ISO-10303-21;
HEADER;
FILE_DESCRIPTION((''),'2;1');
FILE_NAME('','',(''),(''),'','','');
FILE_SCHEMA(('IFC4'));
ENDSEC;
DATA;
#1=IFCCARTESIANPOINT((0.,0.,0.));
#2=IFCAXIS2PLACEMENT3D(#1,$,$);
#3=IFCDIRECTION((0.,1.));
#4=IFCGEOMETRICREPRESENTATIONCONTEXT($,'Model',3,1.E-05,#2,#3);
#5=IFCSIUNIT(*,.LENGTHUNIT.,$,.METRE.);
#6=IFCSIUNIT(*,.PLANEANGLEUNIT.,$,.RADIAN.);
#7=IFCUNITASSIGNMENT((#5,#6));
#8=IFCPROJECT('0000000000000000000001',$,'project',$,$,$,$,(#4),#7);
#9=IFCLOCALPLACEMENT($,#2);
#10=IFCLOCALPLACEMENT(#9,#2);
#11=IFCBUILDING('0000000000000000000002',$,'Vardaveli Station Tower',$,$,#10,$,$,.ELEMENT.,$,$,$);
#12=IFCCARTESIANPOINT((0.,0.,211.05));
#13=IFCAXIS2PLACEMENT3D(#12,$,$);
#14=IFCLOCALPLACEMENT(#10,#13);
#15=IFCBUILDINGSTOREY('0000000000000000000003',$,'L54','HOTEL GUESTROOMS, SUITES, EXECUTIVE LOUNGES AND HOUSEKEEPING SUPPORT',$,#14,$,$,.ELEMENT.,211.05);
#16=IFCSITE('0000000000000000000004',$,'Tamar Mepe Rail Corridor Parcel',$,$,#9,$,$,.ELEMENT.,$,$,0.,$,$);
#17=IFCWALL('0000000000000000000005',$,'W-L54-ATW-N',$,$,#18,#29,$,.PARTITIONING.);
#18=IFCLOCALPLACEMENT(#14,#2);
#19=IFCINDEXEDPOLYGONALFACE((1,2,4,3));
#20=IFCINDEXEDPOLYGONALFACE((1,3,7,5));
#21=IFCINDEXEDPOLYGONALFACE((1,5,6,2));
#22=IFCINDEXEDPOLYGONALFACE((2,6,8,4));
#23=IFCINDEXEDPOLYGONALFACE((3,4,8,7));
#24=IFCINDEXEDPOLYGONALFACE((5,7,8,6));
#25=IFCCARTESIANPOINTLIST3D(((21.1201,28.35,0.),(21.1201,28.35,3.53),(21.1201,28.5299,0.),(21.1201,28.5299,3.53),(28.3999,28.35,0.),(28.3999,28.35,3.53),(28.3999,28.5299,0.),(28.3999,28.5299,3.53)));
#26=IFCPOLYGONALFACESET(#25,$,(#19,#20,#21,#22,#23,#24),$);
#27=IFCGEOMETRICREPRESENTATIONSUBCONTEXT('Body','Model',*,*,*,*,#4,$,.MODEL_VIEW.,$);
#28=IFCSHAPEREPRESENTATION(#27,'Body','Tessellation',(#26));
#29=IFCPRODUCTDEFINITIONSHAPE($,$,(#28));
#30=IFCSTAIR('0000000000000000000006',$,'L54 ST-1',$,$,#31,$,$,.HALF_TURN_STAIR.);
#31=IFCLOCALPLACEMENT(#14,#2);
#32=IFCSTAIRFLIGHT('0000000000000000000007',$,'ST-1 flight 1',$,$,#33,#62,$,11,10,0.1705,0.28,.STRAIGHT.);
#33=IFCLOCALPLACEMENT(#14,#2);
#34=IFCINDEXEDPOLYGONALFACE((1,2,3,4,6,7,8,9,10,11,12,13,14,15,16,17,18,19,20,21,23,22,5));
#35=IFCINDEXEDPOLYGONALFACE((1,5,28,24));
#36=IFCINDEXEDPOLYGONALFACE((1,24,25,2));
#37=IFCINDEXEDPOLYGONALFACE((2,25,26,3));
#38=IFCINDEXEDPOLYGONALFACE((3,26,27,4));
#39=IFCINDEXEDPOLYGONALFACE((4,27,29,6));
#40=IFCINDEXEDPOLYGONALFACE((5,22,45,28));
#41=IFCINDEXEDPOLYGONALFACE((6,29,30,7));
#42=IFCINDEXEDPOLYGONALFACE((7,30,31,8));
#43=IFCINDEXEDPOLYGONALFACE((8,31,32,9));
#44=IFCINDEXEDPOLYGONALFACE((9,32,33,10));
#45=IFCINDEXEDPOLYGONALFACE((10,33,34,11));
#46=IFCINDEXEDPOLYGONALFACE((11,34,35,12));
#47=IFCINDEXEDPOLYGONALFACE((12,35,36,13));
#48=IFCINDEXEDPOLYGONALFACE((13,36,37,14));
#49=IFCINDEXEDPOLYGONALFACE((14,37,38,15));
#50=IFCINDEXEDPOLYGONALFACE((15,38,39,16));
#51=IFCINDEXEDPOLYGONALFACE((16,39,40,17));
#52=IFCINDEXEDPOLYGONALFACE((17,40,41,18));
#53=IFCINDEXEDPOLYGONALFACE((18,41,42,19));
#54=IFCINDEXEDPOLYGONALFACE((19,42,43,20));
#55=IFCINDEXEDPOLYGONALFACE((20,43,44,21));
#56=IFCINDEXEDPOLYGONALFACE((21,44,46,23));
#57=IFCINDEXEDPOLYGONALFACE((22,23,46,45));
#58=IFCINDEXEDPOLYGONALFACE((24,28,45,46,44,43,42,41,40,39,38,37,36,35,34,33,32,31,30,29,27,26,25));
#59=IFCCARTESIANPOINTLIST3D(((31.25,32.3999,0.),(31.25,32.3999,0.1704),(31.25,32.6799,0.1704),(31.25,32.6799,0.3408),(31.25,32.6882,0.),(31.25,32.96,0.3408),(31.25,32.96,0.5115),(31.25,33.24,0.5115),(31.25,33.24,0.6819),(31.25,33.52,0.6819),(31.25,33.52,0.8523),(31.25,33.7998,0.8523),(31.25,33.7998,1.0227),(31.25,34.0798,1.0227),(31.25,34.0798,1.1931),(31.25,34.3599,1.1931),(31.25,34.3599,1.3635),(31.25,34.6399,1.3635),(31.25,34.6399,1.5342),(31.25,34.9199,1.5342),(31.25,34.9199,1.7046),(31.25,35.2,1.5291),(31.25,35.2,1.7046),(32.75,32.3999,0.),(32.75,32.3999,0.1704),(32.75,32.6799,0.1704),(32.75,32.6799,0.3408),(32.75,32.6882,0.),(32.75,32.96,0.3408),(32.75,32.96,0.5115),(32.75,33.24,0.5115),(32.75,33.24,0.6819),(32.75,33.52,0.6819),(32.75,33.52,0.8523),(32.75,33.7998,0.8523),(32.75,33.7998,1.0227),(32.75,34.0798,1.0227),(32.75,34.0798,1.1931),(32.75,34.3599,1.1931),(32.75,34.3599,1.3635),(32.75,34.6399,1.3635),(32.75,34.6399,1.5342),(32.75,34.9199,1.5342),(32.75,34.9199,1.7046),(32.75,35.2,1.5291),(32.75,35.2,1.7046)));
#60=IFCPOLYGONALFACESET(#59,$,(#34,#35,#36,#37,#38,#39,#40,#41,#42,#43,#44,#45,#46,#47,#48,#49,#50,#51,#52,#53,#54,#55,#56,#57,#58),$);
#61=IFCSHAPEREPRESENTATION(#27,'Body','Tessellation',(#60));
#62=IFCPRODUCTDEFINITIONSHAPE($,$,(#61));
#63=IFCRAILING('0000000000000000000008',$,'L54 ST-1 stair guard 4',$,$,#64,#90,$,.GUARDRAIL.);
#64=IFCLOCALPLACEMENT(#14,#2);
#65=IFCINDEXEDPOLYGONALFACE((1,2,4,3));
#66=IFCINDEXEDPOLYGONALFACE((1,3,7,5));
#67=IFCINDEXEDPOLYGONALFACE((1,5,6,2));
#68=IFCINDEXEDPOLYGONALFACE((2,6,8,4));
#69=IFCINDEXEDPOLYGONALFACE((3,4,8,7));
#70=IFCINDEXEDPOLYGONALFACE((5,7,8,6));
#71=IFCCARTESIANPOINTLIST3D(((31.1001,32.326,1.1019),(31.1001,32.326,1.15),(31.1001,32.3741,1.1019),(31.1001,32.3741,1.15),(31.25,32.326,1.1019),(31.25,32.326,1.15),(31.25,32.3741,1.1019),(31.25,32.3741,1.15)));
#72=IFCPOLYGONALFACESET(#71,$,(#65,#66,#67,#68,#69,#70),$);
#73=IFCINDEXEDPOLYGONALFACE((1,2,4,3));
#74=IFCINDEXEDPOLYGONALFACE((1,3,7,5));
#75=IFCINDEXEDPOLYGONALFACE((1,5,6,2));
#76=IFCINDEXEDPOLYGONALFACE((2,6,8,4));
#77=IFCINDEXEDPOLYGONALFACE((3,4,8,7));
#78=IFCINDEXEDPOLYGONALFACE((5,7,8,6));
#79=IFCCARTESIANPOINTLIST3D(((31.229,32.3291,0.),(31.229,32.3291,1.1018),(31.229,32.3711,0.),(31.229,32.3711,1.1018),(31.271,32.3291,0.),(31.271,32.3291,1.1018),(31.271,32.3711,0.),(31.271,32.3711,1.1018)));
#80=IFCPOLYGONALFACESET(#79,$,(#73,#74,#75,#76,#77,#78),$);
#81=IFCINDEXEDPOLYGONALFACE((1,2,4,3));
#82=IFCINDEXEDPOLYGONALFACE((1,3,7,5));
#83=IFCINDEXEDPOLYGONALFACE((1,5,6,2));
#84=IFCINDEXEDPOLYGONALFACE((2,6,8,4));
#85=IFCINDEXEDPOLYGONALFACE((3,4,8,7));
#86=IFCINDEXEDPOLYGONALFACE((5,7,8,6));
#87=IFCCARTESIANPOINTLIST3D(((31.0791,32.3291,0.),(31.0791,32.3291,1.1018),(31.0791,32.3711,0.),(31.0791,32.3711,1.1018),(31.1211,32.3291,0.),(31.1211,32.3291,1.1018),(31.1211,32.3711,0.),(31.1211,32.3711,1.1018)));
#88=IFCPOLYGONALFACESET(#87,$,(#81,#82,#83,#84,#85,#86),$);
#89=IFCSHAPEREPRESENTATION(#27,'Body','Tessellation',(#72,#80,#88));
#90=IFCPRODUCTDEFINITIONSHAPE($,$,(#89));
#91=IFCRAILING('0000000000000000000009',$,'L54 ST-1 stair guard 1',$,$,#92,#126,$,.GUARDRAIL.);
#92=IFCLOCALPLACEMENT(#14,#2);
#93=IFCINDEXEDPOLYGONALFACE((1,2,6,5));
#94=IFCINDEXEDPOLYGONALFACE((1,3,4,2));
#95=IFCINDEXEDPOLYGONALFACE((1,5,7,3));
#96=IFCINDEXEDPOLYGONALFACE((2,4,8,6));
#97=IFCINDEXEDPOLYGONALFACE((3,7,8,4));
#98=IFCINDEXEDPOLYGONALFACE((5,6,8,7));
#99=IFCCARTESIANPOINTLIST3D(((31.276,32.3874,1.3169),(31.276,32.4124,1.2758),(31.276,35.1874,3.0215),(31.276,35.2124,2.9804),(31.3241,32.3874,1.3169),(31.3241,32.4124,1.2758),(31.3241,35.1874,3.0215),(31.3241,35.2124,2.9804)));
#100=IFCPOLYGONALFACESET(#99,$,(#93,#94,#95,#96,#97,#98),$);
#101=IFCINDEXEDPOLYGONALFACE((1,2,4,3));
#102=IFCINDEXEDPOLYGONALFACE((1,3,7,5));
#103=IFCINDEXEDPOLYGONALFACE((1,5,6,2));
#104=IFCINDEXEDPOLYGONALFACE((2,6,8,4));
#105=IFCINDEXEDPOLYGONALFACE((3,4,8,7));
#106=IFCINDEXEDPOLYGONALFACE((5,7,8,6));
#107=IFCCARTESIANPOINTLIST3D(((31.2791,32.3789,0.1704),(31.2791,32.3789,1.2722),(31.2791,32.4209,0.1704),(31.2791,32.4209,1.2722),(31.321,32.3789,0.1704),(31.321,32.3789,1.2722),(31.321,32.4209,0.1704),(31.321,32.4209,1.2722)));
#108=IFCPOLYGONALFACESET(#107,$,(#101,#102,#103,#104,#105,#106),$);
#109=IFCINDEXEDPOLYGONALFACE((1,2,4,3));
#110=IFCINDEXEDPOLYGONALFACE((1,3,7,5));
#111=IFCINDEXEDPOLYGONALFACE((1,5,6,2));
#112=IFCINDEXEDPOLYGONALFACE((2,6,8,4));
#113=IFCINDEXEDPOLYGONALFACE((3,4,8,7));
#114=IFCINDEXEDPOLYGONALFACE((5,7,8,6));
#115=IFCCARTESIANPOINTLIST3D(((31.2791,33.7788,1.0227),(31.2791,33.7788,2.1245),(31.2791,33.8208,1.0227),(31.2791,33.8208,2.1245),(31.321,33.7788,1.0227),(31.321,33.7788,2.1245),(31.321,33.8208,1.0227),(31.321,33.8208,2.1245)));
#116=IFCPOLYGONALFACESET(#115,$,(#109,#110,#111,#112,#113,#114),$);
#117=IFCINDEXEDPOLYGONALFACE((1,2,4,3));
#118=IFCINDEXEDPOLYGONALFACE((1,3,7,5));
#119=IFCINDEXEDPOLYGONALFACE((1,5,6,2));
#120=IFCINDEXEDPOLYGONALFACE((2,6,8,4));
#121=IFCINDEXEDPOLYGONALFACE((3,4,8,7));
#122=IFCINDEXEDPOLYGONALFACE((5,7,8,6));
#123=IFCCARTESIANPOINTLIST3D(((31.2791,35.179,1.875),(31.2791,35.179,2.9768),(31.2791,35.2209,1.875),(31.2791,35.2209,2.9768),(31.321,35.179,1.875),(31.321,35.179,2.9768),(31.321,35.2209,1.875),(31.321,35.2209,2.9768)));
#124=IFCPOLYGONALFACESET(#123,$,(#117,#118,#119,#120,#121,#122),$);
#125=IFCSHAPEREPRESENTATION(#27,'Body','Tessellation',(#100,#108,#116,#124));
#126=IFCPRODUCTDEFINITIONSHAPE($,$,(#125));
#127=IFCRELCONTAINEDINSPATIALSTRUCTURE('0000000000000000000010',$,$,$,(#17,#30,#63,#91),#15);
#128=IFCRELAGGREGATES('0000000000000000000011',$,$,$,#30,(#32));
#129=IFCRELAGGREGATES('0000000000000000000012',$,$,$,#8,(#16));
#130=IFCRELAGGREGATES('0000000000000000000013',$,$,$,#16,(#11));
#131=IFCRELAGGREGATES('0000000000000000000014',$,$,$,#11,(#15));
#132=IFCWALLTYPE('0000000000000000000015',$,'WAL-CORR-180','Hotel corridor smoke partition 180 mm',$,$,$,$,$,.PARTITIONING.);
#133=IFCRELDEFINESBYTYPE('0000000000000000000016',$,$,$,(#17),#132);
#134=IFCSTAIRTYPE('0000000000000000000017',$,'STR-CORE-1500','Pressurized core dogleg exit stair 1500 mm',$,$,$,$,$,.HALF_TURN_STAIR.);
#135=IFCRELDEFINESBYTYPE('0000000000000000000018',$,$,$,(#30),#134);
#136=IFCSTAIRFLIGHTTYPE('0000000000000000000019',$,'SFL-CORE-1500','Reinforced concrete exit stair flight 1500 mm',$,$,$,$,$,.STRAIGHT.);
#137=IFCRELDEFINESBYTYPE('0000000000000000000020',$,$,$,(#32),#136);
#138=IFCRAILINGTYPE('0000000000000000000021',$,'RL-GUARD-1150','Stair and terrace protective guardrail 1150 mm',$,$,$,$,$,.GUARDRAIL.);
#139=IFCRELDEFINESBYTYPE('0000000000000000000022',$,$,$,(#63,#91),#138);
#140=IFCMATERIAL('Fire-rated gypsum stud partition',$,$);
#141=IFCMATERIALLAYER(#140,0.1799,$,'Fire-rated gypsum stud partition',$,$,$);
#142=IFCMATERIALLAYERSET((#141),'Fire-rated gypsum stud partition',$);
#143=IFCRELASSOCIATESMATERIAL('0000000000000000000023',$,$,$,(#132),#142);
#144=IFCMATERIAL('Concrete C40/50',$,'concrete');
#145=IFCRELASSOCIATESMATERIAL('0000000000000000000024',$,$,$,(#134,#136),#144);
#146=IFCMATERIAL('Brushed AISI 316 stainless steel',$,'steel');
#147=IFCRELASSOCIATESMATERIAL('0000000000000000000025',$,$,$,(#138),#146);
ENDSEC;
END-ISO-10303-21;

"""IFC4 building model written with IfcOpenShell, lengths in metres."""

from ifc_helpers import new_model, si_unit, direction, frame, frame_2d, origin, origin_2d, place, context, subcontext, project, spatial, polyline, rectangle, outline, extrude, source, transform, mapped, material, layer, layer_set, type_object, element, aggregate, save


model = new_model("IFC4")

# Units and contexts
model_context = context("Model", 3, precision=1e-05, world=origin(), true_north=direction((0.0, 1.0)))
body_context = subcontext(model_context, "Body", "Model", "MODEL_VIEW")
ifc_project = project(units=[si_unit("LENGTHUNIT", "METRE"), si_unit("PLANEANGLEUNIT", "RADIAN")], contexts=[model_context])

# Site, building, storey
site_placement = place(None, origin())
site = spatial("IfcSite", under=ifc_project, at=site_placement, Name="Tamar Mepe Rail Corridor Parcel", CompositionType="ELEMENT", RefElevation=0.0)
building_placement = place(site_placement, origin())
building = spatial("IfcBuilding", under=site, at=building_placement, Name="Vardaveli Station Tower", CompositionType="ELEMENT")
storey_placement = place(building_placement, frame((0.0, 0.0, 211.05)))
storey = spatial("IfcBuildingStorey", under=building, at=storey_placement, Name="L54", Description="HOTEL GUESTROOMS, SUITES, EXECUTIVE LOUNGES AND HOUSEKEEPING SUPPORT", CompositionType="ELEMENT", Elevation=211.05)

# Shared definitions
ifc_material_1 = material(Name="Concrete C40/50", Category="concrete")

# Shared definitions
ifc_material_2 = material(Name="Fire-rated gypsum stud partition")
ifc_layer_1 = layer(ifc_material_2, 0.1799, Name="Fire-rated gypsum stud partition")
ifc_layer_set_1 = layer_set([ifc_layer_1], Name="Fire-rated gypsum stud partition")
wall_type_1 = type_object("IfcWallType", Name="WAL-CORR-180", Description="Hotel corridor smoke partition 180 mm", PredefinedType="PARTITIONING", material=ifc_layer_set_1)

# Wall
shared_shape_1 = source(origin(), body_context, "Body", "SweptSolid", [
    extrude(rectangle(XDim=7.2798, YDim=0.1799, at=frame_2d((3.6399, 0.0))), origin(), (0.0, 0.0, 1.0), 3.53),
])
wall_1_placement = place(storey_placement, frame((21.1201, 28.4399, 0.0), z_axis=(0.0, 0.0, 1.0), x_axis=(1.0, 0.0, 0.0)))
element("IfcWall", 1, at=wall_1_placement, inside=storey, type_object=wall_type_1, Name="W-L54-ATW-N", PredefinedType="PARTITIONING", context=body_context, shape_type="MappedRepresentation", body=[
    mapped(shared_shape_1, transform((0.0, 0.0, 0.0), scale=1.0)),
])

# Stair, stair flight
stair_type = type_object("IfcStairType", Name="STR-CORE-1500", Description="Pressurized core dogleg exit stair 1500 mm", PredefinedType="HALF_TURN_STAIR", material=ifc_material_1)
stair_placement = place(storey_placement, origin())
stair = element("IfcStair", 2, at=stair_placement, inside=storey, type_object=stair_type, Name="L54 ST-1", PredefinedType="HALF_TURN_STAIR")
stair_flight_type = type_object("IfcStairFlightType", Name="SFL-CORE-1500", Description="Reinforced concrete exit stair flight 1500 mm", PredefinedType="STRAIGHT", material=ifc_material_1)
shared_shape_2 = source(origin(), body_context, "Body", "SweptSolid", [
    extrude(outline(polyline([(0.0, 0.0), (0.0, 0.1704), (0.28, 0.1704), (0.28, 0.3408), (0.5601, 0.3408), (0.5601, 0.5115), (0.8401, 0.5115), (0.8401, 0.6819), (1.1201, 0.6819), (1.1201, 0.8523), (1.3999, 0.8523), (1.3999, 1.0227), (1.6799, 1.0227), (1.6799, 1.1931), (1.96, 1.1931), (1.96, 1.3635), (2.24, 1.3635), (2.24, 1.5342), (2.52, 1.5342), (2.52, 1.7046), (2.8, 1.7046), (2.8, 1.875), (2.8, 1.5291), (0.2883, 0.0), (0.0, 0.0)])), frame((0.0, 0.75, 0.0), z_axis=(0.0, -1.0, 0.0), x_axis=(1.0, 0.0, 0.0)), (0.0, 0.0, 1.0), 1.5),
])
stair_flight_placement = place(storey_placement, frame((32.0, 32.3999, 0.0), z_axis=(0.0, 0.0, 1.0), x_axis=(0.0, 1.0, 0.0)))
stair_flight = element("IfcStairFlight", 3, at=stair_flight_placement, type_object=stair_flight_type, Name="ST-1 flight 1", NumberOfRisers=11, NumberOfTreads=10, PredefinedType="STRAIGHT", RiserHeight=0.1705, TreadLength=0.28, context=body_context, shape_type="MappedRepresentation", body=[
    mapped(shared_shape_2, transform((0.0, 0.0, 0.0), scale=1.0)),
])
aggregate(stair, [stair_flight])

# Railings
ifc_material_3 = material(Name="Brushed AISI 316 stainless steel", Category="steel")
railing_type = type_object("IfcRailingType", Name="RL-GUARD-1150", Description="Stair and terrace protective guardrail 1150 mm", PredefinedType="GUARDRAIL", material=ifc_material_3)
shared_shape_3 = source(origin(), body_context, "Body", "SweptSolid", [
    extrude(rectangle(XDim=0.0481, YDim=0.0481, at=origin_2d()), frame((0.0, 0.0, 1.126), z_axis=(-1.0, 0.0, 0.0), x_axis=(0.0, -1.0, 0.0)), (0.0, 0.0, 1.0), 0.1499),
    extrude(rectangle(XDim=0.042, YDim=0.042, at=origin_2d()), origin(), (0.0, 0.0, 1.0), 1.1018),
    extrude(rectangle(XDim=0.042, YDim=0.042, at=origin_2d()), frame((-0.1499, 0.0, 0.0)), (0.0, 0.0, 1.0), 1.1018),
])
railing_1_placement = place(storey_placement, frame((31.25, 32.3501, 0.0)))
element("IfcRailing", 4, at=railing_1_placement, inside=storey, type_object=railing_type, Name="L54 ST-1 stair guard 4", PredefinedType="GUARDRAIL", context=body_context, shape_type="MappedRepresentation", body=[
    mapped(shared_shape_3, transform((0.0, 0.0, 0.0), scale=1.0)),
])
shared_shape_4 = source(origin(), body_context, "Body", "SweptSolid", [
    extrude(rectangle(XDim=0.0481, YDim=0.0481, at=origin_2d()), frame((0.0, 0.0, 1.126), z_axis=(0.0, 0.85417, 0.519994), x_axis=(-1.0, 0.0, 0.0)), (0.0, 0.0, 1.0), 3.2781),
    extrude(rectangle(XDim=0.042, YDim=0.042, at=origin_2d()), origin(), (0.0, 0.0, 1.0), 1.1018),
    extrude(rectangle(XDim=0.042, YDim=0.042, at=origin_2d()), frame((0.0, 1.3999, 0.8523)), (0.0, 0.0, 1.0), 1.1018),
    extrude(rectangle(XDim=0.042, YDim=0.042, at=origin_2d()), frame((0.0, 2.8, 1.7046)), (0.0, 0.0, 1.0), 1.1018),
])
railing_2_placement = place(storey_placement, frame((31.3, 32.3999, 0.1704)))
element("IfcRailing", 5, at=railing_2_placement, inside=storey, type_object=railing_type, Name="L54 ST-1 stair guard 1", PredefinedType="GUARDRAIL", context=body_context, shape_type="MappedRepresentation", body=[
    mapped(shared_shape_4, transform((0.0, 0.0, 0.0), scale=1.0)),
])

save(model, "model.ifc")
